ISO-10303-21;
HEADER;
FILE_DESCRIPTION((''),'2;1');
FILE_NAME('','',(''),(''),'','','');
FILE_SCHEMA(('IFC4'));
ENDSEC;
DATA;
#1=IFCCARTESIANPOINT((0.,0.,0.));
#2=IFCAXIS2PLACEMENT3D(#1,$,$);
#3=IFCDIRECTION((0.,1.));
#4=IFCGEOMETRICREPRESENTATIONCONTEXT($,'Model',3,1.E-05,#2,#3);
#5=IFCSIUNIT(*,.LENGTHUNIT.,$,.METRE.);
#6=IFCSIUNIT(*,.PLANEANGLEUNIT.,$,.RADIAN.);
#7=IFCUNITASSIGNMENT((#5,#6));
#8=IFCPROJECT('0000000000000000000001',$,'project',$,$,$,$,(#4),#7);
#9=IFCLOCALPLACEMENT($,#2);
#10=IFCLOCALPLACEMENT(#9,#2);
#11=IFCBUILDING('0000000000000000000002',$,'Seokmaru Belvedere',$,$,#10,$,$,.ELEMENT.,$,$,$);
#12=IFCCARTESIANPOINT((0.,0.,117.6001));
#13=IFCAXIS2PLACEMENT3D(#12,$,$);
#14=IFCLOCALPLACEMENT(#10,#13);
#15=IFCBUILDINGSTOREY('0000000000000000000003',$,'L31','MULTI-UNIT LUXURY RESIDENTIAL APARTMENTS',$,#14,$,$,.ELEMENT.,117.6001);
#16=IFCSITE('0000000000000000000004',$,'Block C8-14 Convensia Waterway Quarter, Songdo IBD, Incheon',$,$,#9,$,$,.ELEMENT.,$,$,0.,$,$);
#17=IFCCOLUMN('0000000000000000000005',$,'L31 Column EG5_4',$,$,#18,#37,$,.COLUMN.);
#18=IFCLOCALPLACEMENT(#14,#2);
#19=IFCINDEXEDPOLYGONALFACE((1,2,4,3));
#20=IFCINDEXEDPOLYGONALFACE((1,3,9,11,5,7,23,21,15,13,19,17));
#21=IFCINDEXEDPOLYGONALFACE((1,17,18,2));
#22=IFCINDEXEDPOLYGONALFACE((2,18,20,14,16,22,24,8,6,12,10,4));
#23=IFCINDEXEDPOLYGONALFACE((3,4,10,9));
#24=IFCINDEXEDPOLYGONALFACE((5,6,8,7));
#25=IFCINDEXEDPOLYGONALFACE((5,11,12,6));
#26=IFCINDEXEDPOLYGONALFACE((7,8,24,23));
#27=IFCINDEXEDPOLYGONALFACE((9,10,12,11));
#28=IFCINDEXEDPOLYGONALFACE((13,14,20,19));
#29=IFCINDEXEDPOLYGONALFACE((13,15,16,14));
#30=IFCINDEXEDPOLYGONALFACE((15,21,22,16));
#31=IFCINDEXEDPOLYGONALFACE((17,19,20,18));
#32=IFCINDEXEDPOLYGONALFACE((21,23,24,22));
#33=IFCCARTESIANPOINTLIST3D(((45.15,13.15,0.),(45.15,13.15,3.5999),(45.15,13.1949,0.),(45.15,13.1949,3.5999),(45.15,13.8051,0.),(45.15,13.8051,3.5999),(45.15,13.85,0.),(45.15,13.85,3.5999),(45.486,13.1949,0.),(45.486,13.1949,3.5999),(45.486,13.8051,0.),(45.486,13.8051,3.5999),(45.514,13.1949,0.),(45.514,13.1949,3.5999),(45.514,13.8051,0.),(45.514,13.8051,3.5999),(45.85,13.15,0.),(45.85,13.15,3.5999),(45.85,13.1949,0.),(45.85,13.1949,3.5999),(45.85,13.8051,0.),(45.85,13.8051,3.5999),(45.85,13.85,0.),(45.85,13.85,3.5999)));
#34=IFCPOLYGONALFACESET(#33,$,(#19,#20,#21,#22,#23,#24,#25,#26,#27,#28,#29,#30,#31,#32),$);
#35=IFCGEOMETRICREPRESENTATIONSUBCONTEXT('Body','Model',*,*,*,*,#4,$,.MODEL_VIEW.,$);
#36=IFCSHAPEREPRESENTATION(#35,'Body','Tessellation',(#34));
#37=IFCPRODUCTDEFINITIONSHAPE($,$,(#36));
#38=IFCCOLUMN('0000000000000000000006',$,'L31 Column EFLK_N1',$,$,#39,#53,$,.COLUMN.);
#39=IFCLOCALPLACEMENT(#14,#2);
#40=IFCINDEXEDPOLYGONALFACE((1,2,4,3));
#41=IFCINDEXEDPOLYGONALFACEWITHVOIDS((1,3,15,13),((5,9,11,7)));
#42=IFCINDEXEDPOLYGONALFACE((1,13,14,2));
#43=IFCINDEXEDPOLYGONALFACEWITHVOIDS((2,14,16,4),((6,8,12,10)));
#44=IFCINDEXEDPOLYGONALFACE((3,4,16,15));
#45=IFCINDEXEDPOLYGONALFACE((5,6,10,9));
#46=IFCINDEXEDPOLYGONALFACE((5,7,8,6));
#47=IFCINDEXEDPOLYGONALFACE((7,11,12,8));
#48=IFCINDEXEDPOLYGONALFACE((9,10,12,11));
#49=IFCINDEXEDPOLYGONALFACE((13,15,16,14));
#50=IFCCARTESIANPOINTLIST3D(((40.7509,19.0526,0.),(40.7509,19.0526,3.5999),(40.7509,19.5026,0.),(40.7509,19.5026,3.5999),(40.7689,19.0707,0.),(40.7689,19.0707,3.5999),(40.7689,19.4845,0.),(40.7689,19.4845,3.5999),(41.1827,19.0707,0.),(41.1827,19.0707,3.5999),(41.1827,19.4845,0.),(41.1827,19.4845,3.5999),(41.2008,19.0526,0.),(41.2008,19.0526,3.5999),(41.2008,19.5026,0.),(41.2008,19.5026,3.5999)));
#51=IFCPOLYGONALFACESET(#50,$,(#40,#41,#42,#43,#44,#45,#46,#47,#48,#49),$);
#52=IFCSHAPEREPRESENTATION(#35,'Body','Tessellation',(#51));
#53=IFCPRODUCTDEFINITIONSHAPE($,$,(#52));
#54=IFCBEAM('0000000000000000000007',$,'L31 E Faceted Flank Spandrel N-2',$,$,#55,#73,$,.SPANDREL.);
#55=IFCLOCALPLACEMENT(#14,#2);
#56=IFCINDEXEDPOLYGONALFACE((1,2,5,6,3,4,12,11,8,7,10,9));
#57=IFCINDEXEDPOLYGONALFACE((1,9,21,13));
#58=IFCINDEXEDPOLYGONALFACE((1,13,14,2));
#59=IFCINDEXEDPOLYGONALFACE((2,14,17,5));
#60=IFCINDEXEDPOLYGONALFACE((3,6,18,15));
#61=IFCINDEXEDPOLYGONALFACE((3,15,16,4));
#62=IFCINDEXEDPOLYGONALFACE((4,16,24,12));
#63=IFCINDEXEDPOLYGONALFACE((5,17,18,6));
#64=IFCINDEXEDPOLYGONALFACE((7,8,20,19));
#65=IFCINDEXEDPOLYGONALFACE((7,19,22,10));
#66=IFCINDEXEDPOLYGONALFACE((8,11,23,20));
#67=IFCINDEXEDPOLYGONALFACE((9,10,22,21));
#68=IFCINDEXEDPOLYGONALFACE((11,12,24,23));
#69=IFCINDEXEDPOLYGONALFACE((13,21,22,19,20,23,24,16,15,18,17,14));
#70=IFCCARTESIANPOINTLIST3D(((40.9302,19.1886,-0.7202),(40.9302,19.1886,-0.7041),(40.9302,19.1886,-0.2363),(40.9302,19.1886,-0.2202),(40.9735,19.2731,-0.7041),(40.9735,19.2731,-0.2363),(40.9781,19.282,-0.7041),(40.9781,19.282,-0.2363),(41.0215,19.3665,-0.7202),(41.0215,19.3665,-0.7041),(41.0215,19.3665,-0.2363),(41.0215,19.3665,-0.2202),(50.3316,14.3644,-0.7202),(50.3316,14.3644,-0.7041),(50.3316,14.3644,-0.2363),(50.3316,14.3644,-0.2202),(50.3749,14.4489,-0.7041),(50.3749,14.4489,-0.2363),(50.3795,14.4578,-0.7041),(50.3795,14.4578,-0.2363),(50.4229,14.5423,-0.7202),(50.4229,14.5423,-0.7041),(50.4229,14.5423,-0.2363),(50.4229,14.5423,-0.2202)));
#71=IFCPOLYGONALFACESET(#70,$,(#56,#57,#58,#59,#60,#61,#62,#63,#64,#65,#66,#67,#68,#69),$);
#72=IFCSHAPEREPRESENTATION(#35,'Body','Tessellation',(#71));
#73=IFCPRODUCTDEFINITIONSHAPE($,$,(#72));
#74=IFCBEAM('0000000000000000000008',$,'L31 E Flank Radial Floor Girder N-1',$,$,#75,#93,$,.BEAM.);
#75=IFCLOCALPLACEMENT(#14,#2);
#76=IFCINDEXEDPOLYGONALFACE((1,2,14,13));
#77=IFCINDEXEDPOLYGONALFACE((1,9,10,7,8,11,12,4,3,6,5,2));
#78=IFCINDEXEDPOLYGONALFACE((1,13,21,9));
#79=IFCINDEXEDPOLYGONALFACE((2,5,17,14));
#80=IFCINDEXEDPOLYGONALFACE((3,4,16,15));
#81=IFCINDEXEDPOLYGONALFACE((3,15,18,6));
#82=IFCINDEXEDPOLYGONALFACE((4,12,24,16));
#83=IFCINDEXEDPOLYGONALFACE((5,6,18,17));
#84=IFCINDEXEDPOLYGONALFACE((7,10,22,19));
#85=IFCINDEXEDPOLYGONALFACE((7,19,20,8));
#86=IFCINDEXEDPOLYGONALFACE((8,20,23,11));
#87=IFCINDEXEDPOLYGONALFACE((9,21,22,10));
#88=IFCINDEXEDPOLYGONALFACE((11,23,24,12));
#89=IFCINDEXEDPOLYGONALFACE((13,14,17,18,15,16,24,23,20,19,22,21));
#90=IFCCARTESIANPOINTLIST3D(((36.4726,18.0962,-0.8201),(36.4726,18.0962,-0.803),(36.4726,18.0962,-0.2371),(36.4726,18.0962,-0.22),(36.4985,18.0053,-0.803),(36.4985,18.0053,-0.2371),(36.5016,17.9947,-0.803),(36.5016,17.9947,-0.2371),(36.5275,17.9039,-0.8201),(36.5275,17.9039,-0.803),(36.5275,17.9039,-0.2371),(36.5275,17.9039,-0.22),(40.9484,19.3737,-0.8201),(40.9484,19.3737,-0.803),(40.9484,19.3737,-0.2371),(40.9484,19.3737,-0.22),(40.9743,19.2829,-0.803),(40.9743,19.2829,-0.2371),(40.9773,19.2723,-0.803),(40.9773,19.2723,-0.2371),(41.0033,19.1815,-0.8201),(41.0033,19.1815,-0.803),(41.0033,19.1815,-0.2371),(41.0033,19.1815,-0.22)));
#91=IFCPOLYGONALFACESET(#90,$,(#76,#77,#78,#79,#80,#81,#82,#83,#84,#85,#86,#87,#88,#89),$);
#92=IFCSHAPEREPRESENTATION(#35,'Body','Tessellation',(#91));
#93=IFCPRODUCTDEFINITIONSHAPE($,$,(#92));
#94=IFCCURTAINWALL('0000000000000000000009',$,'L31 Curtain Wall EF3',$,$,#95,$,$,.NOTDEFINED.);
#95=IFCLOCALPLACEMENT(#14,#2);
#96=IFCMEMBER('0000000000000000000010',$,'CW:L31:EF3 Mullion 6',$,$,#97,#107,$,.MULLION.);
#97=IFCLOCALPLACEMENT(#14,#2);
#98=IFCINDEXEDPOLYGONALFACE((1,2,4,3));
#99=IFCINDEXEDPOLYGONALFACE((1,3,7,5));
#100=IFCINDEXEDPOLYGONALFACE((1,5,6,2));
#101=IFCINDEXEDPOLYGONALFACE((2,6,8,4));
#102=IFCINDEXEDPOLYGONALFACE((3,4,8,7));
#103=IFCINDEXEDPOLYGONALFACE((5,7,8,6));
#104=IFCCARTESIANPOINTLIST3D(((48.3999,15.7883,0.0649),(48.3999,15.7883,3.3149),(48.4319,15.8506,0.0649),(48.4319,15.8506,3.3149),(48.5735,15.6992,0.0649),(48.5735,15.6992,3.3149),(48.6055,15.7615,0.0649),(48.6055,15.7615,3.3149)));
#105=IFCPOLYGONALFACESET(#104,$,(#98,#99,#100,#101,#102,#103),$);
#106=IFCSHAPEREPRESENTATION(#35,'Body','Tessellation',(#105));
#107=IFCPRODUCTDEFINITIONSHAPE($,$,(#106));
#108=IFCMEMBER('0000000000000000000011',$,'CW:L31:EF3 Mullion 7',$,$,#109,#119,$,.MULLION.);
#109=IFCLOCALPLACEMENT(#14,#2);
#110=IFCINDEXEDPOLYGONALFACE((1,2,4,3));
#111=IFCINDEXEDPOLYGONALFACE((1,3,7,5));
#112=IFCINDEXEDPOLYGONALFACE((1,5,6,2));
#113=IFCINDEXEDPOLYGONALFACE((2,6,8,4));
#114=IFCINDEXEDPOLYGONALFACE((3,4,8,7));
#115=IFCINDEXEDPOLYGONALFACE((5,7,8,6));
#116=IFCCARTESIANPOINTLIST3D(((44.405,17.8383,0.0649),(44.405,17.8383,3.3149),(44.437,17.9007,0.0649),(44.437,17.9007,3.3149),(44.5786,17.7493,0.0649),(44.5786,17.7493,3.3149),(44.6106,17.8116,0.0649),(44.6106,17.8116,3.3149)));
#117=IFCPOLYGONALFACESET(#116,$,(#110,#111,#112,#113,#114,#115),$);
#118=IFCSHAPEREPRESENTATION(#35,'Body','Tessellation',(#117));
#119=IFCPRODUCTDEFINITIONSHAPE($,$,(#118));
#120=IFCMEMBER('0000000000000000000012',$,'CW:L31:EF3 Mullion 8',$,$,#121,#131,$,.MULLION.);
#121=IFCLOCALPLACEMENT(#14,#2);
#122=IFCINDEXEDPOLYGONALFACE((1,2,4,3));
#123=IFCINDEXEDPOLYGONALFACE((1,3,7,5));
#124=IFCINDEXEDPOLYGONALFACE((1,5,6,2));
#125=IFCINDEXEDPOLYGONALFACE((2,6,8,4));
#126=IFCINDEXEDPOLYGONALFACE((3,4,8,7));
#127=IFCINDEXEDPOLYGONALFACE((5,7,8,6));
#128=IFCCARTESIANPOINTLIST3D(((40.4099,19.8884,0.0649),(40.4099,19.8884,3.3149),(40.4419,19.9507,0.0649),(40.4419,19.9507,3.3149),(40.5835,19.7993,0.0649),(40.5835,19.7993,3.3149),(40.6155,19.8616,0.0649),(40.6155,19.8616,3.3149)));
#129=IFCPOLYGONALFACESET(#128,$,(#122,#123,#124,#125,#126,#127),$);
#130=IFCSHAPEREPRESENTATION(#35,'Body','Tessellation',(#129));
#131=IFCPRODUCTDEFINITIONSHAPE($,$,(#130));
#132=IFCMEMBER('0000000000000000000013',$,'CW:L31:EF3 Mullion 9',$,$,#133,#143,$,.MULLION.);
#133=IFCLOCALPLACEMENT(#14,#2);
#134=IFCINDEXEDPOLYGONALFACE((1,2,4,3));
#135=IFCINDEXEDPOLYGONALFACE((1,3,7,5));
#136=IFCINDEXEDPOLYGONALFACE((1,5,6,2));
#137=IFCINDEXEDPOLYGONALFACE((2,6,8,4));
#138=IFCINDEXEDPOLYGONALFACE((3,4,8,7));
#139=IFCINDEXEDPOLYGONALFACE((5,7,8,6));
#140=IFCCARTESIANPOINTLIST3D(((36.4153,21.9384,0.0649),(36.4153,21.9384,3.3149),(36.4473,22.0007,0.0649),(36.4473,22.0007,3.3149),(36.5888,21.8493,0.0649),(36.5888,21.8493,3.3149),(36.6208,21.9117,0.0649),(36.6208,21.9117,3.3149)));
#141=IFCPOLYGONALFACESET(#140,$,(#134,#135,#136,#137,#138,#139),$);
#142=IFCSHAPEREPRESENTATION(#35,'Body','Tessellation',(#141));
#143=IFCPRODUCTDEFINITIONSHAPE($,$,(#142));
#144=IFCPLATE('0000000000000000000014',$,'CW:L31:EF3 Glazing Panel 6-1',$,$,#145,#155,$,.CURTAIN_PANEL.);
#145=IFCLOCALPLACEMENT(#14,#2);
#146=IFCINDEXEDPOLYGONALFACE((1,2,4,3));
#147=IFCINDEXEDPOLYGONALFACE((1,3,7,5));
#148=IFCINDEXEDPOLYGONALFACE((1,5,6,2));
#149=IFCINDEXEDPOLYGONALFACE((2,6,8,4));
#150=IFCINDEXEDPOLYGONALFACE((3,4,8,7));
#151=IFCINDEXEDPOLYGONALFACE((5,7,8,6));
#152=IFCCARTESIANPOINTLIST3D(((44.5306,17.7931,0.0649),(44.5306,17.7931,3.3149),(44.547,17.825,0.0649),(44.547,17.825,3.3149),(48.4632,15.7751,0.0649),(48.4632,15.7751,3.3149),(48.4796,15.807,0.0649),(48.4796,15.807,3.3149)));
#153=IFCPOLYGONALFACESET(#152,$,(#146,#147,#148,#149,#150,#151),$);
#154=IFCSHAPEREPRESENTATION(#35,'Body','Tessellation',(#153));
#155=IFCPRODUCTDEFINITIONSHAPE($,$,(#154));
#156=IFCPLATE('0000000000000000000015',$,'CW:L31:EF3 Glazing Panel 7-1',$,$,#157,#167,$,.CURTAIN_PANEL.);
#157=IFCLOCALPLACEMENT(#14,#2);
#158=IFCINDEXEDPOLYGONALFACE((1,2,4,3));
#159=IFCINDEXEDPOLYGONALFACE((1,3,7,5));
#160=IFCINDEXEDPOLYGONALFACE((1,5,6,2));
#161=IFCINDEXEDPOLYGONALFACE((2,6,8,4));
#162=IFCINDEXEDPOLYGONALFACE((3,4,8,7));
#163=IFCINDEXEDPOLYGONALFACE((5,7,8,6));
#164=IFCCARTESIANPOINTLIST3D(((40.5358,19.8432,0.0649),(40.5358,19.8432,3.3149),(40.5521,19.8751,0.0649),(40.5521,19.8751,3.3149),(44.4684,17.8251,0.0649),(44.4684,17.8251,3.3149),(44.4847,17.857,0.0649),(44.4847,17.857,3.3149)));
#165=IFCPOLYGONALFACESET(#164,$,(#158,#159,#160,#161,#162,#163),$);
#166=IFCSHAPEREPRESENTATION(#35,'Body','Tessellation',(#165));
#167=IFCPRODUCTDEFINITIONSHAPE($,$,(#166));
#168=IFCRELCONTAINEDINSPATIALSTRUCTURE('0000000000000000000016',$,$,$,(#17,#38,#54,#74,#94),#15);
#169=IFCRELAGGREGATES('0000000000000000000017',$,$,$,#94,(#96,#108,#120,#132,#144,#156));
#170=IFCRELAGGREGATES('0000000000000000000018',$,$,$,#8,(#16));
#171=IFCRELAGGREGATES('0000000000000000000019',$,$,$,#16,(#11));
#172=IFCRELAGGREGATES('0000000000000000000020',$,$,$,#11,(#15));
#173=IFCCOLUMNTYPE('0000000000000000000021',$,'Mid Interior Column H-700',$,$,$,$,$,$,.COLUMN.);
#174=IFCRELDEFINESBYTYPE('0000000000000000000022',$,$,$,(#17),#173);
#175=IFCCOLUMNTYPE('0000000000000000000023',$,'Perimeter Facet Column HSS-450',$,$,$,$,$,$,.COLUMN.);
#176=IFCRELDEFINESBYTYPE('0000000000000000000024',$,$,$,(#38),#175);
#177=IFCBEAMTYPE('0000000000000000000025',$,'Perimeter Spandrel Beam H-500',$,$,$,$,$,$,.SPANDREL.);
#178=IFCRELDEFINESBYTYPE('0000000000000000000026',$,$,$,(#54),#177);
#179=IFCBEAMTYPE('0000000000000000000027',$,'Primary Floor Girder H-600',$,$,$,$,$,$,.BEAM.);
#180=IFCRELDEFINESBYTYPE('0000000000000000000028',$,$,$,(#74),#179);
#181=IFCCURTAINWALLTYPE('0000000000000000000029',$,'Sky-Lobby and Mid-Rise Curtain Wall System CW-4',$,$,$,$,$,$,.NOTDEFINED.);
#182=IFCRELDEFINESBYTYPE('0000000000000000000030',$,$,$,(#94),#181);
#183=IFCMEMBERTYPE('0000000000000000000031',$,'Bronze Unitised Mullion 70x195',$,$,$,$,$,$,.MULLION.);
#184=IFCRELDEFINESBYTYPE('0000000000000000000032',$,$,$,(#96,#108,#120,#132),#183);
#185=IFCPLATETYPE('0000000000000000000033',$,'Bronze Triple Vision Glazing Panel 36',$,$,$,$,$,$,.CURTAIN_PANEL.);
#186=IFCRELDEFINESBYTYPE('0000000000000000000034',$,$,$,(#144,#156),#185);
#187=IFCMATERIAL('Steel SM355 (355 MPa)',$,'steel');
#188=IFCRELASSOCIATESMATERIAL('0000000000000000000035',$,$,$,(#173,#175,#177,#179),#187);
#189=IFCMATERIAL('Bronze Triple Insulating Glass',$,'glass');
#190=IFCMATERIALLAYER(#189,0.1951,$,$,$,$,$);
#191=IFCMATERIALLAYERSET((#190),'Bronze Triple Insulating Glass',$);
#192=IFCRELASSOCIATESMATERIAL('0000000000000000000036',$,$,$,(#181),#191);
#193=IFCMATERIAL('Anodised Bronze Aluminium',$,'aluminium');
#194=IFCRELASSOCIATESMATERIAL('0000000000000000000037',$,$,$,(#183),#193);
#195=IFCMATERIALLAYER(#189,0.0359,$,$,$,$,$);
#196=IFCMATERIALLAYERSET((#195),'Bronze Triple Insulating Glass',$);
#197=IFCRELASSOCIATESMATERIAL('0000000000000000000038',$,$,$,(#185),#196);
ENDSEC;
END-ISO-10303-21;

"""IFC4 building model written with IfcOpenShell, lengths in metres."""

from ifc_helpers import new_model, si_unit, direction, frame, origin, origin_2d, place, context, subcontext, project, spatial, rectangle, hollow_rectangle, i_section, extrude, source, transform, mapped, material, layer, layer_set, material_profile, profile_set, type_object, type_shapes, element, aggregate, save


model = new_model("IFC4")

# Units and contexts
model_context = context("Model", 3, precision=1e-05, world=origin(), true_north=direction((0.0, 1.0)))
body_context = subcontext(model_context, "Body", "Model", "MODEL_VIEW")
ifc_project = project(units=[si_unit("LENGTHUNIT", "METRE"), si_unit("PLANEANGLEUNIT", "RADIAN")], contexts=[model_context])

# Site, building, storey
site_placement = place(None, origin())
site = spatial("IfcSite", under=ifc_project, at=site_placement, Name="Block C8-14 Convensia Waterway Quarter, Songdo IBD, Incheon", CompositionType="ELEMENT", RefElevation=0.0)
building_placement = place(site_placement, origin())
building = spatial("IfcBuilding", under=site, at=building_placement, Name="Seokmaru Belvedere", CompositionType="ELEMENT")
storey_placement = place(building_placement, frame((0.0, 0.0, 117.6001)))
storey = spatial("IfcBuildingStorey", under=building, at=storey_placement, Name="L31", Description="MULTI-UNIT LUXURY RESIDENTIAL APARTMENTS", CompositionType="ELEMENT", Elevation=117.6001)

# Columns
ifc_material_1 = material(Name="Steel SM355 (355 MPa)", Category="steel")
ifc_material_profile_1 = material_profile(ifc_material_1, i_section(OverallWidth=0.7, OverallDepth=0.7, WebThickness=0.0281, FlangeThickness=0.0449, at=origin_2d()), Name="H-700x700x28x45")
ifc_profile_set_1 = profile_set([ifc_material_profile_1], Name="Steel SM355 (355 MPa)")
column_type_1 = type_object("IfcColumnType", Name="Mid Interior Column H-700", PredefinedType="COLUMN", material=ifc_profile_set_1)
shared_shape_1 = source(origin(), body_context, "Body", "SweptSolid", [
    extrude(i_section(OverallWidth=0.7, OverallDepth=0.7, WebThickness=0.0281, FlangeThickness=0.0449, at=origin_2d()), origin(), (0.0, 0.0, 1.0), 3.5999),
])
type_shapes(column_type_1, [shared_shape_1])
column_1_placement = place(storey_placement, frame((45.5, 13.5, 0.0), z_axis=(0.0, 0.0, 1.0), x_axis=(1.0, 0.0, 0.0)))
element("IfcColumn", 1, at=column_1_placement, inside=storey, type_object=column_type_1, Name="L31 Column EG5_4", PredefinedType="COLUMN", context=body_context, shape_type="MappedRepresentation", body=[
    mapped(shared_shape_1, transform((0.0, 0.0, 0.0), scale=1.0)),
])
ifc_material_profile_2 = material_profile(ifc_material_1, hollow_rectangle(XDim=0.45, YDim=0.45, WallThickness=0.0181, at=origin_2d()), Name="HSS-450x450x18")
ifc_profile_set_2 = profile_set([ifc_material_profile_2], Name="Steel SM355 (355 MPa)")
column_type_2 = type_object("IfcColumnType", Name="Perimeter Facet Column HSS-450", PredefinedType="COLUMN", material=ifc_profile_set_2)
shared_shape_2 = source(origin(), body_context, "Body", "SweptSolid", [
    extrude(hollow_rectangle(XDim=0.45, YDim=0.45, WallThickness=0.0181, at=origin_2d()), origin(), (0.0, 0.0, 1.0), 3.5999),
])
type_shapes(column_type_2, [shared_shape_2])
column_2_placement = place(storey_placement, frame((40.9758, 19.2776, 0.0), z_axis=(0.0, 0.0, 1.0), x_axis=(1.0, 0.0, 0.0)))
element("IfcColumn", 2, at=column_2_placement, inside=storey, type_object=column_type_2, Name="L31 Column EFLK_N1", PredefinedType="COLUMN", context=body_context, shape_type="MappedRepresentation", body=[
    mapped(shared_shape_2, transform((0.0, 0.0, 0.0), scale=1.0)),
])

# Beams
ifc_material_profile_3 = material_profile(ifc_material_1, i_section(OverallWidth=0.2, OverallDepth=0.5, WebThickness=0.01, FlangeThickness=0.0161, at=origin_2d()), Name="H-500x200x10x16")
ifc_profile_set_3 = profile_set([ifc_material_profile_3], Name="Steel SM355 (355 MPa)")
beam_type_1 = type_object("IfcBeamType", Name="Perimeter Spandrel Beam H-500", PredefinedType="SPANDREL", material=ifc_profile_set_3)
shared_shape_3 = source(origin(), body_context, "Body", "SweptSolid", [
    extrude(i_section(OverallWidth=0.2, OverallDepth=0.5, WebThickness=0.01, FlangeThickness=0.0161, at=origin_2d()), origin(), (0.0, 0.0, 1.0), 10.5669),
])
type_shapes(beam_type_1, [shared_shape_3])
beam_1_placement = place(storey_placement, frame((40.9758, 19.2776, -0.4702), z_axis=(0.889702, -0.456542, 0.0), x_axis=(0.456542, 0.889702, 0.0)))
element("IfcBeam", 3, at=beam_1_placement, inside=storey, type_object=beam_type_1, Name="L31 E Faceted Flank Spandrel N-2", PredefinedType="SPANDREL", context=body_context, shape_type="MappedRepresentation", body=[
    mapped(shared_shape_3, transform((0.0, 0.0, 0.0), scale=1.0)),
])
ifc_material_profile_4 = material_profile(ifc_material_1, i_section(OverallWidth=0.2, OverallDepth=0.6001, WebThickness=0.011, FlangeThickness=0.0171, at=origin_2d()), Name="H-600x200x11x17")
ifc_profile_set_4 = profile_set([ifc_material_profile_4], Name="Steel SM355 (355 MPa)")
beam_type_2 = type_object("IfcBeamType", Name="Primary Floor Girder H-600", PredefinedType="BEAM", material=ifc_profile_set_4)
shared_shape_4 = source(origin(), body_context, "Body", "SweptSolid", [
    extrude(i_section(OverallWidth=0.2, OverallDepth=0.6001, WebThickness=0.011, FlangeThickness=0.0171, at=origin_2d()), origin(), (0.0, 0.0, 1.0), 4.6545),
])
type_shapes(beam_type_2, [shared_shape_4])
beam_2_placement = place(storey_placement, frame((40.9758, 19.2776, -0.52), z_axis=(-0.961593, -0.274479, 0.0), x_axis=(0.274479, -0.961593, 0.0)))
element("IfcBeam", 4, at=beam_2_placement, inside=storey, type_object=beam_type_2, Name="L31 E Flank Radial Floor Girder N-1", PredefinedType="BEAM", context=body_context, shape_type="MappedRepresentation", body=[
    mapped(shared_shape_4, transform((0.0, 0.0, 0.0), scale=1.0)),
])

# Curtain wall, members, plates
ifc_material_2 = material(Name="Bronze Triple Insulating Glass", Category="glass")
ifc_layer_1 = layer(ifc_material_2, 0.1951)
ifc_layer_set_1 = layer_set([ifc_layer_1], Name="Bronze Triple Insulating Glass")
curtain_wall_type = type_object("IfcCurtainWallType", Name="Sky-Lobby and Mid-Rise Curtain Wall System CW-4", PredefinedType="NOTDEFINED", material=ifc_layer_set_1)
curtain_wall_placement = place(storey_placement, origin())
curtain_wall = element("IfcCurtainWall", 5, at=curtain_wall_placement, inside=storey, type_object=curtain_wall_type, Name="L31 Curtain Wall EF3", PredefinedType="NOTDEFINED")
ifc_material_3 = material(Name="Anodised Bronze Aluminium", Category="aluminium")
ifc_material_profile_5 = material_profile(ifc_material_3, rectangle(XDim=0.0701, YDim=0.1951, at=origin_2d()), Name="CW-M-70x195")
ifc_profile_set_5 = profile_set([ifc_material_profile_5], Name="Anodised Bronze Aluminium")
member_type = type_object("IfcMemberType", Name="Bronze Unitised Mullion 70x195", PredefinedType="MULLION", material=ifc_profile_set_5)
shared_shape_5 = source(origin(), body_context, "Body", "SweptSolid", [
    extrude(rectangle(XDim=0.0701, YDim=0.1951, at=origin_2d()), origin(), (0.0, 0.0, 1.0), 3.25),
])
type_shapes(member_type, [shared_shape_5])
member_1_placement = place(storey_placement, frame((48.5027, 15.7749, 0.0649), z_axis=(0.0, 0.0, 1.0), x_axis=(-0.456555, -0.889695, 0.0)))
member_1 = element("IfcMember", 6, at=member_1_placement, type_object=member_type, Name="CW:L31:EF3 Mullion 6", PredefinedType="MULLION", context=body_context, shape_type="MappedRepresentation", body=[
    mapped(shared_shape_5, transform((0.0, 0.0, 0.0), scale=1.0)),
])
member_2_placement = place(storey_placement, frame((44.5078, 17.825, 0.0649), z_axis=(0.0, 0.0, 1.0), x_axis=(-0.456555, -0.889695, 0.0)))
member_2 = element("IfcMember", 7, at=member_2_placement, type_object=member_type, Name="CW:L31:EF3 Mullion 7", PredefinedType="MULLION", context=body_context, shape_type="MappedRepresentation", body=[
    mapped(shared_shape_5, transform((0.0, 0.0, 0.0), scale=1.0)),
])
member_3_placement = place(storey_placement, frame((40.5127, 19.875, 0.0649), z_axis=(0.0, 0.0, 1.0), x_axis=(-0.456555, -0.889695, 0.0)))
member_3 = element("IfcMember", 8, at=member_3_placement, type_object=member_type, Name="CW:L31:EF3 Mullion 8", PredefinedType="MULLION", context=body_context, shape_type="MappedRepresentation", body=[
    mapped(shared_shape_5, transform((0.0, 0.0, 0.0), scale=1.0)),
])
member_4_placement = place(storey_placement, frame((36.5181, 21.925, 0.0649), z_axis=(0.0, 0.0, 1.0), x_axis=(-0.456555, -0.889695, 0.0)))
member_4 = element("IfcMember", 9, at=member_4_placement, type_object=member_type, Name="CW:L31:EF3 Mullion 9", PredefinedType="MULLION", context=body_context, shape_type="MappedRepresentation", body=[
    mapped(shared_shape_5, transform((0.0, 0.0, 0.0), scale=1.0)),
])
ifc_layer_2 = layer(ifc_material_2, 0.0359)
ifc_layer_set_2 = layer_set([ifc_layer_2], Name="Bronze Triple Insulating Glass")
plate_type = type_object("IfcPlateType", Name="Bronze Triple Vision Glazing Panel 36", PredefinedType="CURTAIN_PANEL", material=ifc_layer_set_2)
shared_shape_6 = source(origin(), body_context, "Body", "SweptSolid", [
    extrude(rectangle(XDim=4.4202, YDim=0.0359, at=origin_2d()), origin(), (0.0, 0.0, 1.0), 3.25),
])
type_shapes(plate_type, [shared_shape_6])
plate_1_placement = place(storey_placement, frame((46.5051, 16.8, 0.0649), z_axis=(0.0, 0.0, 1.0), x_axis=(-0.889695, 0.456555, 0.0)))
plate_1 = element("IfcPlate", 10, at=plate_1_placement, type_object=plate_type, Name="CW:L31:EF3 Glazing Panel 6-1", PredefinedType="CURTAIN_PANEL", context=body_context, shape_type="MappedRepresentation", body=[
    mapped(shared_shape_6, transform((0.0, 0.0, 0.0), scale=1.0)),
])
plate_2_placement = place(storey_placement, frame((42.5103, 18.8501, 0.0649), z_axis=(0.0, 0.0, 1.0), x_axis=(-0.889695, 0.456555, 0.0)))
plate_2 = element("IfcPlate", 11, at=plate_2_placement, type_object=plate_type, Name="CW:L31:EF3 Glazing Panel 7-1", PredefinedType="CURTAIN_PANEL", context=body_context, shape_type="MappedRepresentation", body=[
    mapped(shared_shape_6, transform((0.0, 0.0, 0.0), scale=1.0)),
])
aggregate(curtain_wall, [member_1, member_2, member_3, member_4, plate_1, plate_2])

save(model, "model.ifc")
